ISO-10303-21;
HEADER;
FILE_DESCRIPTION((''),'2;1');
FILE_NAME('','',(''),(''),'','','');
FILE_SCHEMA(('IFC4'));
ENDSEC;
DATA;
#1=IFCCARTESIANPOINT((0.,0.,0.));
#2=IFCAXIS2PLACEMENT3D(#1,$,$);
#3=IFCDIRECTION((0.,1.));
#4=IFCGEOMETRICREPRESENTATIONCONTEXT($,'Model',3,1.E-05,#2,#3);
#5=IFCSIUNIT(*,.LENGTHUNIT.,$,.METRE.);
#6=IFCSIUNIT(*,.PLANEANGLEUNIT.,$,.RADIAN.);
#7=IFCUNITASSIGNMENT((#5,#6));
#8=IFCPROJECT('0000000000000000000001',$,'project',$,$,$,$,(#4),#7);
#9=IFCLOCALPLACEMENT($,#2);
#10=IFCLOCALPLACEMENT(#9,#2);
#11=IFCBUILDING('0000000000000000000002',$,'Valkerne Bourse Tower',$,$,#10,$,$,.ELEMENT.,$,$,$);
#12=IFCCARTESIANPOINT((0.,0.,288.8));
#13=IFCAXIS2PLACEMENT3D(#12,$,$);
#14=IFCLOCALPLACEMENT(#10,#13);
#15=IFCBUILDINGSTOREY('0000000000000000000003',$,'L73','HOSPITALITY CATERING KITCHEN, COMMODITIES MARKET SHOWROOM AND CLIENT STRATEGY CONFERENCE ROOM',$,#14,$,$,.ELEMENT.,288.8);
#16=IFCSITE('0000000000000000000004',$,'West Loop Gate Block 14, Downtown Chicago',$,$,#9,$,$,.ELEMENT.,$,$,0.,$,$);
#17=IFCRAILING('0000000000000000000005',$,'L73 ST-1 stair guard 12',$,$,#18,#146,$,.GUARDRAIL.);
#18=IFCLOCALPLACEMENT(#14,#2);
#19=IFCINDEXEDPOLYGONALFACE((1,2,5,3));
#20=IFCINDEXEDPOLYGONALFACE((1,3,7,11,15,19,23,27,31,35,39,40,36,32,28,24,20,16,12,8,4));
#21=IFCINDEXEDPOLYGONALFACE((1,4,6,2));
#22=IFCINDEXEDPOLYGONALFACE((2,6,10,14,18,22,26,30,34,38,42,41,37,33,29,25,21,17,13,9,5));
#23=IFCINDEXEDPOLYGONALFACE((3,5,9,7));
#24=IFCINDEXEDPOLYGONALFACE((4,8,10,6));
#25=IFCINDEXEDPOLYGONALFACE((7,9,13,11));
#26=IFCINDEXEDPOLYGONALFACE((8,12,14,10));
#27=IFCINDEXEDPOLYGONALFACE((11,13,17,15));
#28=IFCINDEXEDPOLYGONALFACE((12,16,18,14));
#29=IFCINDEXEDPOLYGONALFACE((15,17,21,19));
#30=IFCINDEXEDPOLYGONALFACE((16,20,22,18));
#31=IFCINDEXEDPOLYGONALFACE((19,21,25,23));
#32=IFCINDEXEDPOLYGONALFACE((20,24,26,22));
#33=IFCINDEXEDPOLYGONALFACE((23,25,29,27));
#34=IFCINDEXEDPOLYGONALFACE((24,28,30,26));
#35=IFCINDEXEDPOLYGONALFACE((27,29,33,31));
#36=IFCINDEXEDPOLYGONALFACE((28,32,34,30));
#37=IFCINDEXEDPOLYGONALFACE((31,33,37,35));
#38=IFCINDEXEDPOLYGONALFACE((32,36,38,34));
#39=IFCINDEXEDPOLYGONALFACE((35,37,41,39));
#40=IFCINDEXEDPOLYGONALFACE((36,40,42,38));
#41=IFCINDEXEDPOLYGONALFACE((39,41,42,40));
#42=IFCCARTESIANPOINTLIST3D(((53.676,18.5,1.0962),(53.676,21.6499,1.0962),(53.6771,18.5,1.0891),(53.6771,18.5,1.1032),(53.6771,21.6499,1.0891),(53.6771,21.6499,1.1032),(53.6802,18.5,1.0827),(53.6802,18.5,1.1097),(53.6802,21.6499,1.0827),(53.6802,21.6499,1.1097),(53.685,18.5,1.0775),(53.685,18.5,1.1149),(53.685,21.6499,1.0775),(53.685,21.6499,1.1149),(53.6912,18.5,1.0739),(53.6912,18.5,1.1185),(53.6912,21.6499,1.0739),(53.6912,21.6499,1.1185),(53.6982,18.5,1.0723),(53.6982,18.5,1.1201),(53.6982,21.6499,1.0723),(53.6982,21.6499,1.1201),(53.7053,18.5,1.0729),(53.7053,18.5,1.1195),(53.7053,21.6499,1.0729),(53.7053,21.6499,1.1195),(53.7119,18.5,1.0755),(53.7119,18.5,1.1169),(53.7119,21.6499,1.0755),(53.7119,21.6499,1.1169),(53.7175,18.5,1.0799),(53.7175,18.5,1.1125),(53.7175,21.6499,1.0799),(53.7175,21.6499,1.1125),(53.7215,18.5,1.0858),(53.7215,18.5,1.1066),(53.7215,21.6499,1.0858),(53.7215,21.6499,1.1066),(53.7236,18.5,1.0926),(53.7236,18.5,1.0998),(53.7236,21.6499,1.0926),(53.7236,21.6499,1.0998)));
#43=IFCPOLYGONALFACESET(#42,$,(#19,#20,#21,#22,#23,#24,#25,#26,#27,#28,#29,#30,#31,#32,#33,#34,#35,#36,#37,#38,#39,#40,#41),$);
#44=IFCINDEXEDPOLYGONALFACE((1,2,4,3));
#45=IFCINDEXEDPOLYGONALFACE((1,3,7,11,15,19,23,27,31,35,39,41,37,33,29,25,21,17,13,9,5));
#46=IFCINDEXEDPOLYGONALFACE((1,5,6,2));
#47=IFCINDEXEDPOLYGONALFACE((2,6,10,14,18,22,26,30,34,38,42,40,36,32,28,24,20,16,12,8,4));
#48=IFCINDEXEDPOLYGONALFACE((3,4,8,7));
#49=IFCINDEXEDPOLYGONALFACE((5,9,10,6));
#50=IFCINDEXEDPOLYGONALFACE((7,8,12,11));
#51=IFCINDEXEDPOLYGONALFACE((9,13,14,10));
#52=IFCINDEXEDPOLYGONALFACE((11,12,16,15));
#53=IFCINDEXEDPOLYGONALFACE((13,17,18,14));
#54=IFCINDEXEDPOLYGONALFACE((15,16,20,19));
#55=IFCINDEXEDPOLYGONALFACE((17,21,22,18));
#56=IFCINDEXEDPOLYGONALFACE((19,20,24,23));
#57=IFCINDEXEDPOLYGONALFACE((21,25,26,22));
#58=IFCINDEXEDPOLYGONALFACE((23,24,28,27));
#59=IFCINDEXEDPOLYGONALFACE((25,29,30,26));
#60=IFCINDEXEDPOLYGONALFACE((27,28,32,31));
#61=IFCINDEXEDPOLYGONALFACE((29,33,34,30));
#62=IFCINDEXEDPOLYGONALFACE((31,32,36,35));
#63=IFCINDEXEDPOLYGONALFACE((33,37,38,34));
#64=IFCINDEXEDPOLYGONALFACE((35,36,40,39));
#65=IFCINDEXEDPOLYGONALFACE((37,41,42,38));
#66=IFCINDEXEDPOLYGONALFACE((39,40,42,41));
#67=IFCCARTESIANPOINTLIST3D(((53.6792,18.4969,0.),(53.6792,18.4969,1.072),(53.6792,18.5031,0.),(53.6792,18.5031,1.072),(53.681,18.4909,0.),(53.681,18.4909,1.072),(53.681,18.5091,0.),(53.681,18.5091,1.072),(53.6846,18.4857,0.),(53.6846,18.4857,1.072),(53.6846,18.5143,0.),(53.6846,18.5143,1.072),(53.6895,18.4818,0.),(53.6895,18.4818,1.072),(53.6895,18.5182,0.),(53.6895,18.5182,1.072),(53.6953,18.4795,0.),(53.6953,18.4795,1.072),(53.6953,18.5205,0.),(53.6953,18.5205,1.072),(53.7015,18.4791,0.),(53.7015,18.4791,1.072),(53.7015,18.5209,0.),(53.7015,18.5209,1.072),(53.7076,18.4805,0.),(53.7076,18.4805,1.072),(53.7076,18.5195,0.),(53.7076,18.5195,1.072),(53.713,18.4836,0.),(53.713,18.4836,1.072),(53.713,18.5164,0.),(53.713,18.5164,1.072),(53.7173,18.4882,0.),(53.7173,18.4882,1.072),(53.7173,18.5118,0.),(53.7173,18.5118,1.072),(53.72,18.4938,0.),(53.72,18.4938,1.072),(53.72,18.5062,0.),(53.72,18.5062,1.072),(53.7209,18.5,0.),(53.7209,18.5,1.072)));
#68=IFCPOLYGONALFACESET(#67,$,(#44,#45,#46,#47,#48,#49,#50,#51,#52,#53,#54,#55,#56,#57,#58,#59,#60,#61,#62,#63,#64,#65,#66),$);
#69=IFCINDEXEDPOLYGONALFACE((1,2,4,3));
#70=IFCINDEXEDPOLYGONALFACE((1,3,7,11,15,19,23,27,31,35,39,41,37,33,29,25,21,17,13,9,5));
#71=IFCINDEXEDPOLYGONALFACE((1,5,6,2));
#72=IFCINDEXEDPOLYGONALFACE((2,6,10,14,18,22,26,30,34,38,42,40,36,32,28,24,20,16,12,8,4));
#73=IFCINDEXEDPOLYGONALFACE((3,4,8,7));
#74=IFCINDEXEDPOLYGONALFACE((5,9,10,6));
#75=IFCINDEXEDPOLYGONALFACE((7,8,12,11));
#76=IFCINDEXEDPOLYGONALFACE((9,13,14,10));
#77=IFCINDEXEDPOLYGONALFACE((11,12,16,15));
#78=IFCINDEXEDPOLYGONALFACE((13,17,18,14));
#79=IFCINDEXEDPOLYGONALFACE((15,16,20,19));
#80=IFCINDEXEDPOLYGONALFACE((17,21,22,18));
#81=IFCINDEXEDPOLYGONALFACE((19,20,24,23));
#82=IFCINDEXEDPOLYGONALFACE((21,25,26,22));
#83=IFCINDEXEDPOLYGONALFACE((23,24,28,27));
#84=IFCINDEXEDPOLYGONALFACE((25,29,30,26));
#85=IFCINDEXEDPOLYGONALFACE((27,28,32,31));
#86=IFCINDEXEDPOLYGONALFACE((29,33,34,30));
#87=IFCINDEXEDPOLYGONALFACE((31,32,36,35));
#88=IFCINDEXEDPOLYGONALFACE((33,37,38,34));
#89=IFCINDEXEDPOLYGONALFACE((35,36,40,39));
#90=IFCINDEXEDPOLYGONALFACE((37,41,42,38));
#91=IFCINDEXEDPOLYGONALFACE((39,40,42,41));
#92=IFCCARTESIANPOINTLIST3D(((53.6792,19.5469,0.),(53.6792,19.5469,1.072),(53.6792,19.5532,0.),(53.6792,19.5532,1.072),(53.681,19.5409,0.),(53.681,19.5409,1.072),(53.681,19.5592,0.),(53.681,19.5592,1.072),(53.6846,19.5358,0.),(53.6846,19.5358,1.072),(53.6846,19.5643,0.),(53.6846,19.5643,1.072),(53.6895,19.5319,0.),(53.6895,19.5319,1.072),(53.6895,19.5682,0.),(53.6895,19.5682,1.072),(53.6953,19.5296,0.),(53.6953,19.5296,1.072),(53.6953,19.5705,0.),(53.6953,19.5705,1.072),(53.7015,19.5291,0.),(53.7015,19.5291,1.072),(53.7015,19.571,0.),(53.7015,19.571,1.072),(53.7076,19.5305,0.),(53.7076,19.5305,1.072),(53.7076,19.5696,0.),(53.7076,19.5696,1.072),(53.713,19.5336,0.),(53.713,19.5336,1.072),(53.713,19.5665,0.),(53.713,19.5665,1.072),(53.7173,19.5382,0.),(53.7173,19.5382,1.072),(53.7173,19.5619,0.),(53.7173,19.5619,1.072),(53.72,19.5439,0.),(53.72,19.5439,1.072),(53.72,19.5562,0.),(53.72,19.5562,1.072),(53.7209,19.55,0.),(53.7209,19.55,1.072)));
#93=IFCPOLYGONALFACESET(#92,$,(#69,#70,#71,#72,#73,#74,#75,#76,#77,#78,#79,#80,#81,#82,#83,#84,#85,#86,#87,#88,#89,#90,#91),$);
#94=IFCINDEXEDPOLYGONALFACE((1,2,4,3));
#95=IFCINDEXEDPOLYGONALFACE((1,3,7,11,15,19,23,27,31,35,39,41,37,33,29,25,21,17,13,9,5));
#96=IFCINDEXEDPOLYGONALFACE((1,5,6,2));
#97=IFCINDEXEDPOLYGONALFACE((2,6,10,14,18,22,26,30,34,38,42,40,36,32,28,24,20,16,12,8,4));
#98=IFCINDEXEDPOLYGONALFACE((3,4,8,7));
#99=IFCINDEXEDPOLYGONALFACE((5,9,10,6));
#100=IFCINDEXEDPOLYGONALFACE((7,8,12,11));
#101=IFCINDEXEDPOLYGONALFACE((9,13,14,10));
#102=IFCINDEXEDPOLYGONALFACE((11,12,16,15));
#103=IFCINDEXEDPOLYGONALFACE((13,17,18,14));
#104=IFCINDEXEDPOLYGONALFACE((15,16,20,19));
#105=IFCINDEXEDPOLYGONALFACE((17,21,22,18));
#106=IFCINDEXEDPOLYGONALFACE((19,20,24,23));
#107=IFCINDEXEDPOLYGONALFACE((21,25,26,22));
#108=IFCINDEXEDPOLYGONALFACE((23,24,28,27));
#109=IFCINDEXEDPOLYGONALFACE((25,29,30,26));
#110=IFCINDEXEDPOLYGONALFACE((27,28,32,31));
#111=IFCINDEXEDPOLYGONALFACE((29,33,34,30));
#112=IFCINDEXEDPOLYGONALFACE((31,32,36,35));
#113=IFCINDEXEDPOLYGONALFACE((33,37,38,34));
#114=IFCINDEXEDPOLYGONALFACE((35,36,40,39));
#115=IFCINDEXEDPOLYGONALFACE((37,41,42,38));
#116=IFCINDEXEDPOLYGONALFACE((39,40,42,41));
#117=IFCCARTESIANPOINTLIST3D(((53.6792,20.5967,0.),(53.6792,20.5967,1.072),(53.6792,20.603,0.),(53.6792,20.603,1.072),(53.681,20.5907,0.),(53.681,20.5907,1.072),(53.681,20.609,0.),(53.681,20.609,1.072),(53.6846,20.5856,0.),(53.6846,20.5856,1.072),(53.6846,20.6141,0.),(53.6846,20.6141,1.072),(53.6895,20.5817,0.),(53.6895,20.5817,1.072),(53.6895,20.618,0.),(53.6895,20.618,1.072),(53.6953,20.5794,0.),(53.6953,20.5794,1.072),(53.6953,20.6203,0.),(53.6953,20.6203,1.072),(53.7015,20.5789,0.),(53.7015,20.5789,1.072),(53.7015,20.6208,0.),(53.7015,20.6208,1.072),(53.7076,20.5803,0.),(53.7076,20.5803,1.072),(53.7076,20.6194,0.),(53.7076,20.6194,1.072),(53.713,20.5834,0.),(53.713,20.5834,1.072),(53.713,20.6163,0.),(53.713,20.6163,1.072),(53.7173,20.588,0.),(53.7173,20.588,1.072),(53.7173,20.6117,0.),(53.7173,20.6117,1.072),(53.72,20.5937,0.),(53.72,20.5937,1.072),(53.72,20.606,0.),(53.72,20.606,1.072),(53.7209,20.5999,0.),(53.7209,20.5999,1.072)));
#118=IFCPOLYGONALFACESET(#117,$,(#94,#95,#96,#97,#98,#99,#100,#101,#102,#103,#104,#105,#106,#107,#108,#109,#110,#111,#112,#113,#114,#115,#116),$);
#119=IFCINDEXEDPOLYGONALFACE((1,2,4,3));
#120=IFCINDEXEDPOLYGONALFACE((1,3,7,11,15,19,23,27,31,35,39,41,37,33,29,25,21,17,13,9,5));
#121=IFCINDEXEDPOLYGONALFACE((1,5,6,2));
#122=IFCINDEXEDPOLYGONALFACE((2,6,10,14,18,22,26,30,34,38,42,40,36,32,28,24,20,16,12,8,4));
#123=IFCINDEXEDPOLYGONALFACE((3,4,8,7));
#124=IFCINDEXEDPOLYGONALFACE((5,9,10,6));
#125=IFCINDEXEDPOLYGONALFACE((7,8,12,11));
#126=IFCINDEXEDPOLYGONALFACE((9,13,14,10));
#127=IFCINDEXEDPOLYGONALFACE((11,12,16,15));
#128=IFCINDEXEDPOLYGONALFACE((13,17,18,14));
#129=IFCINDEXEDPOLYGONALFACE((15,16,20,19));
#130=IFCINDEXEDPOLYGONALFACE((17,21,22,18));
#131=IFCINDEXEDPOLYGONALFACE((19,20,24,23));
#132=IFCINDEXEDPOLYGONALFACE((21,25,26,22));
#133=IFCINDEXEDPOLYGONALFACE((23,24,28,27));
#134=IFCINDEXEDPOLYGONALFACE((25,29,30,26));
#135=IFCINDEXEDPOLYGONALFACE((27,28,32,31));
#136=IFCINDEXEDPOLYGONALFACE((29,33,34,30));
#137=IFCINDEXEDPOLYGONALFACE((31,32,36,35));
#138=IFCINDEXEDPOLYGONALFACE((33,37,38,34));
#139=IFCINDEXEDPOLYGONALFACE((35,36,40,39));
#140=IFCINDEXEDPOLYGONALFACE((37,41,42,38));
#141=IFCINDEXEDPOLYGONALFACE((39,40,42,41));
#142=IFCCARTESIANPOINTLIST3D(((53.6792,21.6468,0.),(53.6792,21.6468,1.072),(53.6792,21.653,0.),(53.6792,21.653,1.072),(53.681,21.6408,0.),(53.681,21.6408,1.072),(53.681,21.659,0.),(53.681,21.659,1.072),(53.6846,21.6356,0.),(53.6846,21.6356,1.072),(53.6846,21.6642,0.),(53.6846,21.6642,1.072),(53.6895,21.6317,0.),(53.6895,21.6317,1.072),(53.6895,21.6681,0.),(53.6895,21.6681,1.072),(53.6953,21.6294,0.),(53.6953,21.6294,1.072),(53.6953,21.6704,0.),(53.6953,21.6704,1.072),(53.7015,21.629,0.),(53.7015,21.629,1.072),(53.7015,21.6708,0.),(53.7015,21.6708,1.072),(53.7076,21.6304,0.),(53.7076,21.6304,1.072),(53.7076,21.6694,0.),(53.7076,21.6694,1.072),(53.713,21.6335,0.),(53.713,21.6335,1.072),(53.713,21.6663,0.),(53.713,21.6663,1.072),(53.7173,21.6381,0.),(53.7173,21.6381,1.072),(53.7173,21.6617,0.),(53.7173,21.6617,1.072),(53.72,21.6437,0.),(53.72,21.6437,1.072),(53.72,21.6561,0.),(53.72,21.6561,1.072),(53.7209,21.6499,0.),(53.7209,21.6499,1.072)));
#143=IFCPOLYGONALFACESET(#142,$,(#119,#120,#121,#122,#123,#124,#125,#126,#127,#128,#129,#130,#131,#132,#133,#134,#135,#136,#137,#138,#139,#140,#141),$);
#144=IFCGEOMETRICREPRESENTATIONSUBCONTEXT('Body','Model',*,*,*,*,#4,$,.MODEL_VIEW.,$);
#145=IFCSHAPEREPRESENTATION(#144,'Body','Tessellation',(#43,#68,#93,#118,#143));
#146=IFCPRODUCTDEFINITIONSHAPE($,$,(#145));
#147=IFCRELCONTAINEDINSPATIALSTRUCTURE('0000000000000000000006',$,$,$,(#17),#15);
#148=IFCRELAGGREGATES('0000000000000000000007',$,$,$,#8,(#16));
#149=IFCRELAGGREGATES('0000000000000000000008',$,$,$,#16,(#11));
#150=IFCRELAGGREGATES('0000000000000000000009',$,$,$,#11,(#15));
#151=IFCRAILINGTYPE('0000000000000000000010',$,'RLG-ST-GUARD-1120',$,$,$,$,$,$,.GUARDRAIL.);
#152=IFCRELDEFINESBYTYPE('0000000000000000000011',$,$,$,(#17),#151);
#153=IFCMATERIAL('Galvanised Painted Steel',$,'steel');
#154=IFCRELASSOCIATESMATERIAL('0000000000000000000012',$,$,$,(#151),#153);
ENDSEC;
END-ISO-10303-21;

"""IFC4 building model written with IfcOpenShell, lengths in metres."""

from ifc_helpers import new_model, si_unit, direction, frame, origin, origin_2d, place, context, subcontext, project, spatial, circle, extrude, material, type_object, element, save


model = new_model("IFC4")

# Units and contexts
model_context = context("Model", 3, precision=1e-05, world=origin(), true_north=direction((0.0, 1.0)))
body_context = subcontext(model_context, "Body", "Model", "MODEL_VIEW")
ifc_project = project(units=[si_unit("LENGTHUNIT", "METRE"), si_unit("PLANEANGLEUNIT", "RADIAN")], contexts=[model_context])

# Site, building, storey
site_placement = place(None, origin())
site = spatial("IfcSite", under=ifc_project, at=site_placement, Name="West Loop Gate Block 14, Downtown Chicago", CompositionType="ELEMENT", RefElevation=0.0)
building_placement = place(site_placement, origin())
building = spatial("IfcBuilding", under=site, at=building_placement, Name="Valkerne Bourse Tower", CompositionType="ELEMENT")
storey_placement = place(building_placement, frame((0.0, 0.0, 288.8)))
storey = spatial("IfcBuildingStorey", under=building, at=storey_placement, Name="L73", Description="HOSPITALITY CATERING KITCHEN, COMMODITIES MARKET SHOWROOM AND CLIENT STRATEGY CONFERENCE ROOM", CompositionType="ELEMENT", Elevation=288.8)

# Railing
ifc_material_1 = material(Name="Galvanised Painted Steel", Category="steel")
railing_type = type_object("IfcRailingType", Name="RLG-ST-GUARD-1120", PredefinedType="GUARDRAIL", material=ifc_material_1)
railing_1_placement = place(storey_placement, frame((53.7, 18.5, 0.0)))
element("IfcRailing", 1, at=railing_1_placement, inside=storey, type_object=railing_type, Name="L73 ST-1 stair guard 12", PredefinedType="GUARDRAIL", context=body_context, shape_type="SweptSolid", body=[
    extrude(circle(Radius=0.0239, at=origin_2d()), frame((0.0, 0.0, 1.0962), z_axis=(0.0, 1.0, 0.0), x_axis=(-1.0, 0.0, 0.0)), (0.0, 0.0, 1.0), 3.1499),
    extrude(circle(Radius=0.021, at=origin_2d()), origin(), (0.0, 0.0, 1.0), 1.072),
    extrude(circle(Radius=0.021, at=origin_2d()), frame((0.0, 1.05, 0.0)), (0.0, 0.0, 1.0), 1.072),
    extrude(circle(Radius=0.021, at=origin_2d()), frame((0.0, 2.0999, 0.0)), (0.0, 0.0, 1.0), 1.072),
    extrude(circle(Radius=0.021, at=origin_2d()), frame((0.0, 3.1499, 0.0)), (0.0, 0.0, 1.0), 1.072),
])

save(model, "model.ifc")
